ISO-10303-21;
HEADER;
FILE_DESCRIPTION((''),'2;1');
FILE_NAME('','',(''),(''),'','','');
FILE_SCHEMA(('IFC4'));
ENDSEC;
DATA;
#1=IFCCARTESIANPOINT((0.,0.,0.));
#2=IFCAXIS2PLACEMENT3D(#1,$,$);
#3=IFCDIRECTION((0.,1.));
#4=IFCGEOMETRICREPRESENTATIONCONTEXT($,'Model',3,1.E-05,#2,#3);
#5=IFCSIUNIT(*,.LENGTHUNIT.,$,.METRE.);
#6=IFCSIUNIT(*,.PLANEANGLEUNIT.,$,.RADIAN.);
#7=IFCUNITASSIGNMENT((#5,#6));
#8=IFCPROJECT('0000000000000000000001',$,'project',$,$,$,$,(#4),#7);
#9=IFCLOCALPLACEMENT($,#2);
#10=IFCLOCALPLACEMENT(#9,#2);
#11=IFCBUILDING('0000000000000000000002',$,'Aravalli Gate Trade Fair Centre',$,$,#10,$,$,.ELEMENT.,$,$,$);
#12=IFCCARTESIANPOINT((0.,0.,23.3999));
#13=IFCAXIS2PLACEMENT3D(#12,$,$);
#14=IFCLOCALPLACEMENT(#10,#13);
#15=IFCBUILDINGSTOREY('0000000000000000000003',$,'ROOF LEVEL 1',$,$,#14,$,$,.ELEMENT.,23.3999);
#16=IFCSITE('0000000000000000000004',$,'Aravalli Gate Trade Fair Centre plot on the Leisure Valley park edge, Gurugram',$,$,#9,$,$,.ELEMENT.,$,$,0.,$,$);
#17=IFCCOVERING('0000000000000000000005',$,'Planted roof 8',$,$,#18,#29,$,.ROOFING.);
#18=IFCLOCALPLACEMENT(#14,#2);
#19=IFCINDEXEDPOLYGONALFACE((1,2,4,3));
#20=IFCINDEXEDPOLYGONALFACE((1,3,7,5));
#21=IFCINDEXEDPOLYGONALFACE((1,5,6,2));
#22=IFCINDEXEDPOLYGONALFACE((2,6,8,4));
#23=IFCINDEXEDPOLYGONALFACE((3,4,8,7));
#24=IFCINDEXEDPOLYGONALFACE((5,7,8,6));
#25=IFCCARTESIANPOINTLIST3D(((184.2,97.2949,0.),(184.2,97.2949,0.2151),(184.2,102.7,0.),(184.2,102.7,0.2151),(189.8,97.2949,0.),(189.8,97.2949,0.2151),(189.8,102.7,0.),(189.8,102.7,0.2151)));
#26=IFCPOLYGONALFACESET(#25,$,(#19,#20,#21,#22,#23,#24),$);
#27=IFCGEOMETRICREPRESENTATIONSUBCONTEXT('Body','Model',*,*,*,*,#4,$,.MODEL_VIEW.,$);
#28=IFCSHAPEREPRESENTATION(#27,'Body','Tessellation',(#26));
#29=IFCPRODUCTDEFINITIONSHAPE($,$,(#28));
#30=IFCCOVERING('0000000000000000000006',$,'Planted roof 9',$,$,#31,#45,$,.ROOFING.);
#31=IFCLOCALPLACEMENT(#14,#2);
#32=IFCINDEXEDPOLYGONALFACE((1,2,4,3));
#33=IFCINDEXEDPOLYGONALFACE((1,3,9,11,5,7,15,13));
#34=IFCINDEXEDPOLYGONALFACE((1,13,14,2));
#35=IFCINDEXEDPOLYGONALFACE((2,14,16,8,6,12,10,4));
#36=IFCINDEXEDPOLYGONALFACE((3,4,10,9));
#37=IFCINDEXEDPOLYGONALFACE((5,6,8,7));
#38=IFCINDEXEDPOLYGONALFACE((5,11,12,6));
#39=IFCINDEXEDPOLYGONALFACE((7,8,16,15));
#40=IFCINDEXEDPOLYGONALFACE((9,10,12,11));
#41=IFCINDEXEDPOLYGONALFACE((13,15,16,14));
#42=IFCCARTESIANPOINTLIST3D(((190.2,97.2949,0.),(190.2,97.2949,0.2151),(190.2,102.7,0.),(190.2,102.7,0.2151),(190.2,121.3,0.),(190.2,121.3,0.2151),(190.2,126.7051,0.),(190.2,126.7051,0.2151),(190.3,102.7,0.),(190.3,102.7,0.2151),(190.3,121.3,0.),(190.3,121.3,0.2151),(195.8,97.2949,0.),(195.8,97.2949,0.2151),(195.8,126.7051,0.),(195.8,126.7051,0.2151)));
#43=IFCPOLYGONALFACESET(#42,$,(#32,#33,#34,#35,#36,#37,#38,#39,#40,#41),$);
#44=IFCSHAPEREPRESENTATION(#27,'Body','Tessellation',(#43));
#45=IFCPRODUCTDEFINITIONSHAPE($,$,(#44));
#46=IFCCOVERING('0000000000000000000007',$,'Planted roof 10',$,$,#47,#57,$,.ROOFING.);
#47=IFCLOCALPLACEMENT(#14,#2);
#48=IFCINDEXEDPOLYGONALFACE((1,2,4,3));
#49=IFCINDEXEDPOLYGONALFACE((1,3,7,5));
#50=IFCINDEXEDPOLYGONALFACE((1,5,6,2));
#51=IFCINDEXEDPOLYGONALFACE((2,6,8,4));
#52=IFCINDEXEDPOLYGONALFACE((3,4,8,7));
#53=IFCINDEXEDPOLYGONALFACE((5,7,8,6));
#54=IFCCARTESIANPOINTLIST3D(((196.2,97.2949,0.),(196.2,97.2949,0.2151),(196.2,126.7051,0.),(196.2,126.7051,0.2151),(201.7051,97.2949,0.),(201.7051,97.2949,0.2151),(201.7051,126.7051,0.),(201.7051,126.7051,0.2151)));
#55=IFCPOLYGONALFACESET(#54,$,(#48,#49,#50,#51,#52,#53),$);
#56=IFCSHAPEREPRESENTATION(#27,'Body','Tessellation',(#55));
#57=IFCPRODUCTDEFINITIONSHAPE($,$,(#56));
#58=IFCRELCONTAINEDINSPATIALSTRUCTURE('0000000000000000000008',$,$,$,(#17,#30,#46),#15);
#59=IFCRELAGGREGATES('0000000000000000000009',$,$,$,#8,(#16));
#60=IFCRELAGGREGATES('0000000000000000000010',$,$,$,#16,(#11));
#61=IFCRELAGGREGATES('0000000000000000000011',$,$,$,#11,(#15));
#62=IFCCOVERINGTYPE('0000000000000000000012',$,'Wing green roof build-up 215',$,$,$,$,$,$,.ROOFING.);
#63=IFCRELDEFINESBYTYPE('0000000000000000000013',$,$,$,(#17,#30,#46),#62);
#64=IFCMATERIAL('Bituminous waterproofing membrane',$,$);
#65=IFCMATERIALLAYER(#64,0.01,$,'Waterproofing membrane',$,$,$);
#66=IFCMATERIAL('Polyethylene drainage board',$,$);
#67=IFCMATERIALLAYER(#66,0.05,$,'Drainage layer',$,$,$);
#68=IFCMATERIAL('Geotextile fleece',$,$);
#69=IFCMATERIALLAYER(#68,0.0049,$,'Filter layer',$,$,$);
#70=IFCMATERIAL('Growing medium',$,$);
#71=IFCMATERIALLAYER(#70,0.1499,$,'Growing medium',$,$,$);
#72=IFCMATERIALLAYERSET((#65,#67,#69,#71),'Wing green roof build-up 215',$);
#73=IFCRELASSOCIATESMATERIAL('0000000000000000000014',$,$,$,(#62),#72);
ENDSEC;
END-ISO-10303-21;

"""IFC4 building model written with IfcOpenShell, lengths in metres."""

from ifc_helpers import new_model, si_unit, direction, frame, origin, place, context, subcontext, project, spatial, polyline, outline, extrude, material, layer, layer_set, type_object, element, save


model = new_model("IFC4")

# Units and contexts
model_context = context("Model", 3, precision=1e-05, world=origin(), true_north=direction((0.0, 1.0)))
body_context = subcontext(model_context, "Body", "Model", "MODEL_VIEW")
ifc_project = project(units=[si_unit("LENGTHUNIT", "METRE"), si_unit("PLANEANGLEUNIT", "RADIAN")], contexts=[model_context])

# Site, building, storey
site_placement = place(None, origin())
site = spatial("IfcSite", under=ifc_project, at=site_placement, Name="Aravalli Gate Trade Fair Centre plot on the Leisure Valley park edge, Gurugram", CompositionType="ELEMENT", RefElevation=0.0)
building_placement = place(site_placement, origin())
building = spatial("IfcBuilding", under=site, at=building_placement, Name="Aravalli Gate Trade Fair Centre", CompositionType="ELEMENT")
storey_placement = place(building_placement, frame((0.0, 0.0, 23.3999)))
storey = spatial("IfcBuildingStorey", under=building, at=storey_placement, Name="ROOF LEVEL 1", CompositionType="ELEMENT", Elevation=23.3999)

# Coverings
ifc_material_1 = material(Name="Bituminous waterproofing membrane")
ifc_layer_1 = layer(ifc_material_1, 0.01, Name="Waterproofing membrane")
ifc_material_2 = material(Name="Polyethylene drainage board")
ifc_layer_2 = layer(ifc_material_2, 0.05, Name="Drainage layer")
ifc_material_3 = material(Name="Geotextile fleece")
ifc_layer_3 = layer(ifc_material_3, 0.0049, Name="Filter layer")
ifc_material_4 = material(Name="Growing medium")
ifc_layer_4 = layer(ifc_material_4, 0.1499, Name="Growing medium")
ifc_layer_set_1 = layer_set([ifc_layer_1, ifc_layer_2, ifc_layer_3, ifc_layer_4], Name="Wing green roof build-up 215")
covering_type = type_object("IfcCoveringType", Name="Wing green roof build-up 215", PredefinedType="ROOFING", material=ifc_layer_set_1)
covering_1_placement = place(storey_placement, origin())
element("IfcCovering", 1, at=covering_1_placement, inside=storey, type_object=covering_type, Name="Planted roof 8", PredefinedType="ROOFING", context=body_context, shape_type="SweptSolid", body=[
    extrude(outline(polyline([(184.2, 97.2949), (184.2, 102.7), (189.8, 102.7), (189.8, 97.2949), (184.2, 97.2949)])), origin(), (0.0, 0.0, 1.0), 0.2151),
])
covering_2_placement = place(storey_placement, origin())
element("IfcCovering", 2, at=covering_2_placement, inside=storey, type_object=covering_type, Name="Planted roof 9", PredefinedType="ROOFING", context=body_context, shape_type="SweptSolid", body=[
    extrude(outline(polyline([(195.8, 126.7051), (195.8, 97.2949), (190.2, 97.2949), (190.2, 102.7), (190.3, 102.7), (190.3, 121.3), (190.2, 121.3), (190.2, 126.7051), (195.8, 126.7051)])), origin(), (0.0, 0.0, 1.0), 0.2151),
])
covering_3_placement = place(storey_placement, origin())
element("IfcCovering", 3, at=covering_3_placement, inside=storey, type_object=covering_type, Name="Planted roof 10", PredefinedType="ROOFING", context=body_context, shape_type="SweptSolid", body=[
    extrude(outline(polyline([(201.7051, 126.7051), (201.7051, 97.2949), (196.2, 97.2949), (196.2, 126.7051), (201.7051, 126.7051)])), origin(), (0.0, 0.0, 1.0), 0.2151),
])

save(model, "model.ifc")
